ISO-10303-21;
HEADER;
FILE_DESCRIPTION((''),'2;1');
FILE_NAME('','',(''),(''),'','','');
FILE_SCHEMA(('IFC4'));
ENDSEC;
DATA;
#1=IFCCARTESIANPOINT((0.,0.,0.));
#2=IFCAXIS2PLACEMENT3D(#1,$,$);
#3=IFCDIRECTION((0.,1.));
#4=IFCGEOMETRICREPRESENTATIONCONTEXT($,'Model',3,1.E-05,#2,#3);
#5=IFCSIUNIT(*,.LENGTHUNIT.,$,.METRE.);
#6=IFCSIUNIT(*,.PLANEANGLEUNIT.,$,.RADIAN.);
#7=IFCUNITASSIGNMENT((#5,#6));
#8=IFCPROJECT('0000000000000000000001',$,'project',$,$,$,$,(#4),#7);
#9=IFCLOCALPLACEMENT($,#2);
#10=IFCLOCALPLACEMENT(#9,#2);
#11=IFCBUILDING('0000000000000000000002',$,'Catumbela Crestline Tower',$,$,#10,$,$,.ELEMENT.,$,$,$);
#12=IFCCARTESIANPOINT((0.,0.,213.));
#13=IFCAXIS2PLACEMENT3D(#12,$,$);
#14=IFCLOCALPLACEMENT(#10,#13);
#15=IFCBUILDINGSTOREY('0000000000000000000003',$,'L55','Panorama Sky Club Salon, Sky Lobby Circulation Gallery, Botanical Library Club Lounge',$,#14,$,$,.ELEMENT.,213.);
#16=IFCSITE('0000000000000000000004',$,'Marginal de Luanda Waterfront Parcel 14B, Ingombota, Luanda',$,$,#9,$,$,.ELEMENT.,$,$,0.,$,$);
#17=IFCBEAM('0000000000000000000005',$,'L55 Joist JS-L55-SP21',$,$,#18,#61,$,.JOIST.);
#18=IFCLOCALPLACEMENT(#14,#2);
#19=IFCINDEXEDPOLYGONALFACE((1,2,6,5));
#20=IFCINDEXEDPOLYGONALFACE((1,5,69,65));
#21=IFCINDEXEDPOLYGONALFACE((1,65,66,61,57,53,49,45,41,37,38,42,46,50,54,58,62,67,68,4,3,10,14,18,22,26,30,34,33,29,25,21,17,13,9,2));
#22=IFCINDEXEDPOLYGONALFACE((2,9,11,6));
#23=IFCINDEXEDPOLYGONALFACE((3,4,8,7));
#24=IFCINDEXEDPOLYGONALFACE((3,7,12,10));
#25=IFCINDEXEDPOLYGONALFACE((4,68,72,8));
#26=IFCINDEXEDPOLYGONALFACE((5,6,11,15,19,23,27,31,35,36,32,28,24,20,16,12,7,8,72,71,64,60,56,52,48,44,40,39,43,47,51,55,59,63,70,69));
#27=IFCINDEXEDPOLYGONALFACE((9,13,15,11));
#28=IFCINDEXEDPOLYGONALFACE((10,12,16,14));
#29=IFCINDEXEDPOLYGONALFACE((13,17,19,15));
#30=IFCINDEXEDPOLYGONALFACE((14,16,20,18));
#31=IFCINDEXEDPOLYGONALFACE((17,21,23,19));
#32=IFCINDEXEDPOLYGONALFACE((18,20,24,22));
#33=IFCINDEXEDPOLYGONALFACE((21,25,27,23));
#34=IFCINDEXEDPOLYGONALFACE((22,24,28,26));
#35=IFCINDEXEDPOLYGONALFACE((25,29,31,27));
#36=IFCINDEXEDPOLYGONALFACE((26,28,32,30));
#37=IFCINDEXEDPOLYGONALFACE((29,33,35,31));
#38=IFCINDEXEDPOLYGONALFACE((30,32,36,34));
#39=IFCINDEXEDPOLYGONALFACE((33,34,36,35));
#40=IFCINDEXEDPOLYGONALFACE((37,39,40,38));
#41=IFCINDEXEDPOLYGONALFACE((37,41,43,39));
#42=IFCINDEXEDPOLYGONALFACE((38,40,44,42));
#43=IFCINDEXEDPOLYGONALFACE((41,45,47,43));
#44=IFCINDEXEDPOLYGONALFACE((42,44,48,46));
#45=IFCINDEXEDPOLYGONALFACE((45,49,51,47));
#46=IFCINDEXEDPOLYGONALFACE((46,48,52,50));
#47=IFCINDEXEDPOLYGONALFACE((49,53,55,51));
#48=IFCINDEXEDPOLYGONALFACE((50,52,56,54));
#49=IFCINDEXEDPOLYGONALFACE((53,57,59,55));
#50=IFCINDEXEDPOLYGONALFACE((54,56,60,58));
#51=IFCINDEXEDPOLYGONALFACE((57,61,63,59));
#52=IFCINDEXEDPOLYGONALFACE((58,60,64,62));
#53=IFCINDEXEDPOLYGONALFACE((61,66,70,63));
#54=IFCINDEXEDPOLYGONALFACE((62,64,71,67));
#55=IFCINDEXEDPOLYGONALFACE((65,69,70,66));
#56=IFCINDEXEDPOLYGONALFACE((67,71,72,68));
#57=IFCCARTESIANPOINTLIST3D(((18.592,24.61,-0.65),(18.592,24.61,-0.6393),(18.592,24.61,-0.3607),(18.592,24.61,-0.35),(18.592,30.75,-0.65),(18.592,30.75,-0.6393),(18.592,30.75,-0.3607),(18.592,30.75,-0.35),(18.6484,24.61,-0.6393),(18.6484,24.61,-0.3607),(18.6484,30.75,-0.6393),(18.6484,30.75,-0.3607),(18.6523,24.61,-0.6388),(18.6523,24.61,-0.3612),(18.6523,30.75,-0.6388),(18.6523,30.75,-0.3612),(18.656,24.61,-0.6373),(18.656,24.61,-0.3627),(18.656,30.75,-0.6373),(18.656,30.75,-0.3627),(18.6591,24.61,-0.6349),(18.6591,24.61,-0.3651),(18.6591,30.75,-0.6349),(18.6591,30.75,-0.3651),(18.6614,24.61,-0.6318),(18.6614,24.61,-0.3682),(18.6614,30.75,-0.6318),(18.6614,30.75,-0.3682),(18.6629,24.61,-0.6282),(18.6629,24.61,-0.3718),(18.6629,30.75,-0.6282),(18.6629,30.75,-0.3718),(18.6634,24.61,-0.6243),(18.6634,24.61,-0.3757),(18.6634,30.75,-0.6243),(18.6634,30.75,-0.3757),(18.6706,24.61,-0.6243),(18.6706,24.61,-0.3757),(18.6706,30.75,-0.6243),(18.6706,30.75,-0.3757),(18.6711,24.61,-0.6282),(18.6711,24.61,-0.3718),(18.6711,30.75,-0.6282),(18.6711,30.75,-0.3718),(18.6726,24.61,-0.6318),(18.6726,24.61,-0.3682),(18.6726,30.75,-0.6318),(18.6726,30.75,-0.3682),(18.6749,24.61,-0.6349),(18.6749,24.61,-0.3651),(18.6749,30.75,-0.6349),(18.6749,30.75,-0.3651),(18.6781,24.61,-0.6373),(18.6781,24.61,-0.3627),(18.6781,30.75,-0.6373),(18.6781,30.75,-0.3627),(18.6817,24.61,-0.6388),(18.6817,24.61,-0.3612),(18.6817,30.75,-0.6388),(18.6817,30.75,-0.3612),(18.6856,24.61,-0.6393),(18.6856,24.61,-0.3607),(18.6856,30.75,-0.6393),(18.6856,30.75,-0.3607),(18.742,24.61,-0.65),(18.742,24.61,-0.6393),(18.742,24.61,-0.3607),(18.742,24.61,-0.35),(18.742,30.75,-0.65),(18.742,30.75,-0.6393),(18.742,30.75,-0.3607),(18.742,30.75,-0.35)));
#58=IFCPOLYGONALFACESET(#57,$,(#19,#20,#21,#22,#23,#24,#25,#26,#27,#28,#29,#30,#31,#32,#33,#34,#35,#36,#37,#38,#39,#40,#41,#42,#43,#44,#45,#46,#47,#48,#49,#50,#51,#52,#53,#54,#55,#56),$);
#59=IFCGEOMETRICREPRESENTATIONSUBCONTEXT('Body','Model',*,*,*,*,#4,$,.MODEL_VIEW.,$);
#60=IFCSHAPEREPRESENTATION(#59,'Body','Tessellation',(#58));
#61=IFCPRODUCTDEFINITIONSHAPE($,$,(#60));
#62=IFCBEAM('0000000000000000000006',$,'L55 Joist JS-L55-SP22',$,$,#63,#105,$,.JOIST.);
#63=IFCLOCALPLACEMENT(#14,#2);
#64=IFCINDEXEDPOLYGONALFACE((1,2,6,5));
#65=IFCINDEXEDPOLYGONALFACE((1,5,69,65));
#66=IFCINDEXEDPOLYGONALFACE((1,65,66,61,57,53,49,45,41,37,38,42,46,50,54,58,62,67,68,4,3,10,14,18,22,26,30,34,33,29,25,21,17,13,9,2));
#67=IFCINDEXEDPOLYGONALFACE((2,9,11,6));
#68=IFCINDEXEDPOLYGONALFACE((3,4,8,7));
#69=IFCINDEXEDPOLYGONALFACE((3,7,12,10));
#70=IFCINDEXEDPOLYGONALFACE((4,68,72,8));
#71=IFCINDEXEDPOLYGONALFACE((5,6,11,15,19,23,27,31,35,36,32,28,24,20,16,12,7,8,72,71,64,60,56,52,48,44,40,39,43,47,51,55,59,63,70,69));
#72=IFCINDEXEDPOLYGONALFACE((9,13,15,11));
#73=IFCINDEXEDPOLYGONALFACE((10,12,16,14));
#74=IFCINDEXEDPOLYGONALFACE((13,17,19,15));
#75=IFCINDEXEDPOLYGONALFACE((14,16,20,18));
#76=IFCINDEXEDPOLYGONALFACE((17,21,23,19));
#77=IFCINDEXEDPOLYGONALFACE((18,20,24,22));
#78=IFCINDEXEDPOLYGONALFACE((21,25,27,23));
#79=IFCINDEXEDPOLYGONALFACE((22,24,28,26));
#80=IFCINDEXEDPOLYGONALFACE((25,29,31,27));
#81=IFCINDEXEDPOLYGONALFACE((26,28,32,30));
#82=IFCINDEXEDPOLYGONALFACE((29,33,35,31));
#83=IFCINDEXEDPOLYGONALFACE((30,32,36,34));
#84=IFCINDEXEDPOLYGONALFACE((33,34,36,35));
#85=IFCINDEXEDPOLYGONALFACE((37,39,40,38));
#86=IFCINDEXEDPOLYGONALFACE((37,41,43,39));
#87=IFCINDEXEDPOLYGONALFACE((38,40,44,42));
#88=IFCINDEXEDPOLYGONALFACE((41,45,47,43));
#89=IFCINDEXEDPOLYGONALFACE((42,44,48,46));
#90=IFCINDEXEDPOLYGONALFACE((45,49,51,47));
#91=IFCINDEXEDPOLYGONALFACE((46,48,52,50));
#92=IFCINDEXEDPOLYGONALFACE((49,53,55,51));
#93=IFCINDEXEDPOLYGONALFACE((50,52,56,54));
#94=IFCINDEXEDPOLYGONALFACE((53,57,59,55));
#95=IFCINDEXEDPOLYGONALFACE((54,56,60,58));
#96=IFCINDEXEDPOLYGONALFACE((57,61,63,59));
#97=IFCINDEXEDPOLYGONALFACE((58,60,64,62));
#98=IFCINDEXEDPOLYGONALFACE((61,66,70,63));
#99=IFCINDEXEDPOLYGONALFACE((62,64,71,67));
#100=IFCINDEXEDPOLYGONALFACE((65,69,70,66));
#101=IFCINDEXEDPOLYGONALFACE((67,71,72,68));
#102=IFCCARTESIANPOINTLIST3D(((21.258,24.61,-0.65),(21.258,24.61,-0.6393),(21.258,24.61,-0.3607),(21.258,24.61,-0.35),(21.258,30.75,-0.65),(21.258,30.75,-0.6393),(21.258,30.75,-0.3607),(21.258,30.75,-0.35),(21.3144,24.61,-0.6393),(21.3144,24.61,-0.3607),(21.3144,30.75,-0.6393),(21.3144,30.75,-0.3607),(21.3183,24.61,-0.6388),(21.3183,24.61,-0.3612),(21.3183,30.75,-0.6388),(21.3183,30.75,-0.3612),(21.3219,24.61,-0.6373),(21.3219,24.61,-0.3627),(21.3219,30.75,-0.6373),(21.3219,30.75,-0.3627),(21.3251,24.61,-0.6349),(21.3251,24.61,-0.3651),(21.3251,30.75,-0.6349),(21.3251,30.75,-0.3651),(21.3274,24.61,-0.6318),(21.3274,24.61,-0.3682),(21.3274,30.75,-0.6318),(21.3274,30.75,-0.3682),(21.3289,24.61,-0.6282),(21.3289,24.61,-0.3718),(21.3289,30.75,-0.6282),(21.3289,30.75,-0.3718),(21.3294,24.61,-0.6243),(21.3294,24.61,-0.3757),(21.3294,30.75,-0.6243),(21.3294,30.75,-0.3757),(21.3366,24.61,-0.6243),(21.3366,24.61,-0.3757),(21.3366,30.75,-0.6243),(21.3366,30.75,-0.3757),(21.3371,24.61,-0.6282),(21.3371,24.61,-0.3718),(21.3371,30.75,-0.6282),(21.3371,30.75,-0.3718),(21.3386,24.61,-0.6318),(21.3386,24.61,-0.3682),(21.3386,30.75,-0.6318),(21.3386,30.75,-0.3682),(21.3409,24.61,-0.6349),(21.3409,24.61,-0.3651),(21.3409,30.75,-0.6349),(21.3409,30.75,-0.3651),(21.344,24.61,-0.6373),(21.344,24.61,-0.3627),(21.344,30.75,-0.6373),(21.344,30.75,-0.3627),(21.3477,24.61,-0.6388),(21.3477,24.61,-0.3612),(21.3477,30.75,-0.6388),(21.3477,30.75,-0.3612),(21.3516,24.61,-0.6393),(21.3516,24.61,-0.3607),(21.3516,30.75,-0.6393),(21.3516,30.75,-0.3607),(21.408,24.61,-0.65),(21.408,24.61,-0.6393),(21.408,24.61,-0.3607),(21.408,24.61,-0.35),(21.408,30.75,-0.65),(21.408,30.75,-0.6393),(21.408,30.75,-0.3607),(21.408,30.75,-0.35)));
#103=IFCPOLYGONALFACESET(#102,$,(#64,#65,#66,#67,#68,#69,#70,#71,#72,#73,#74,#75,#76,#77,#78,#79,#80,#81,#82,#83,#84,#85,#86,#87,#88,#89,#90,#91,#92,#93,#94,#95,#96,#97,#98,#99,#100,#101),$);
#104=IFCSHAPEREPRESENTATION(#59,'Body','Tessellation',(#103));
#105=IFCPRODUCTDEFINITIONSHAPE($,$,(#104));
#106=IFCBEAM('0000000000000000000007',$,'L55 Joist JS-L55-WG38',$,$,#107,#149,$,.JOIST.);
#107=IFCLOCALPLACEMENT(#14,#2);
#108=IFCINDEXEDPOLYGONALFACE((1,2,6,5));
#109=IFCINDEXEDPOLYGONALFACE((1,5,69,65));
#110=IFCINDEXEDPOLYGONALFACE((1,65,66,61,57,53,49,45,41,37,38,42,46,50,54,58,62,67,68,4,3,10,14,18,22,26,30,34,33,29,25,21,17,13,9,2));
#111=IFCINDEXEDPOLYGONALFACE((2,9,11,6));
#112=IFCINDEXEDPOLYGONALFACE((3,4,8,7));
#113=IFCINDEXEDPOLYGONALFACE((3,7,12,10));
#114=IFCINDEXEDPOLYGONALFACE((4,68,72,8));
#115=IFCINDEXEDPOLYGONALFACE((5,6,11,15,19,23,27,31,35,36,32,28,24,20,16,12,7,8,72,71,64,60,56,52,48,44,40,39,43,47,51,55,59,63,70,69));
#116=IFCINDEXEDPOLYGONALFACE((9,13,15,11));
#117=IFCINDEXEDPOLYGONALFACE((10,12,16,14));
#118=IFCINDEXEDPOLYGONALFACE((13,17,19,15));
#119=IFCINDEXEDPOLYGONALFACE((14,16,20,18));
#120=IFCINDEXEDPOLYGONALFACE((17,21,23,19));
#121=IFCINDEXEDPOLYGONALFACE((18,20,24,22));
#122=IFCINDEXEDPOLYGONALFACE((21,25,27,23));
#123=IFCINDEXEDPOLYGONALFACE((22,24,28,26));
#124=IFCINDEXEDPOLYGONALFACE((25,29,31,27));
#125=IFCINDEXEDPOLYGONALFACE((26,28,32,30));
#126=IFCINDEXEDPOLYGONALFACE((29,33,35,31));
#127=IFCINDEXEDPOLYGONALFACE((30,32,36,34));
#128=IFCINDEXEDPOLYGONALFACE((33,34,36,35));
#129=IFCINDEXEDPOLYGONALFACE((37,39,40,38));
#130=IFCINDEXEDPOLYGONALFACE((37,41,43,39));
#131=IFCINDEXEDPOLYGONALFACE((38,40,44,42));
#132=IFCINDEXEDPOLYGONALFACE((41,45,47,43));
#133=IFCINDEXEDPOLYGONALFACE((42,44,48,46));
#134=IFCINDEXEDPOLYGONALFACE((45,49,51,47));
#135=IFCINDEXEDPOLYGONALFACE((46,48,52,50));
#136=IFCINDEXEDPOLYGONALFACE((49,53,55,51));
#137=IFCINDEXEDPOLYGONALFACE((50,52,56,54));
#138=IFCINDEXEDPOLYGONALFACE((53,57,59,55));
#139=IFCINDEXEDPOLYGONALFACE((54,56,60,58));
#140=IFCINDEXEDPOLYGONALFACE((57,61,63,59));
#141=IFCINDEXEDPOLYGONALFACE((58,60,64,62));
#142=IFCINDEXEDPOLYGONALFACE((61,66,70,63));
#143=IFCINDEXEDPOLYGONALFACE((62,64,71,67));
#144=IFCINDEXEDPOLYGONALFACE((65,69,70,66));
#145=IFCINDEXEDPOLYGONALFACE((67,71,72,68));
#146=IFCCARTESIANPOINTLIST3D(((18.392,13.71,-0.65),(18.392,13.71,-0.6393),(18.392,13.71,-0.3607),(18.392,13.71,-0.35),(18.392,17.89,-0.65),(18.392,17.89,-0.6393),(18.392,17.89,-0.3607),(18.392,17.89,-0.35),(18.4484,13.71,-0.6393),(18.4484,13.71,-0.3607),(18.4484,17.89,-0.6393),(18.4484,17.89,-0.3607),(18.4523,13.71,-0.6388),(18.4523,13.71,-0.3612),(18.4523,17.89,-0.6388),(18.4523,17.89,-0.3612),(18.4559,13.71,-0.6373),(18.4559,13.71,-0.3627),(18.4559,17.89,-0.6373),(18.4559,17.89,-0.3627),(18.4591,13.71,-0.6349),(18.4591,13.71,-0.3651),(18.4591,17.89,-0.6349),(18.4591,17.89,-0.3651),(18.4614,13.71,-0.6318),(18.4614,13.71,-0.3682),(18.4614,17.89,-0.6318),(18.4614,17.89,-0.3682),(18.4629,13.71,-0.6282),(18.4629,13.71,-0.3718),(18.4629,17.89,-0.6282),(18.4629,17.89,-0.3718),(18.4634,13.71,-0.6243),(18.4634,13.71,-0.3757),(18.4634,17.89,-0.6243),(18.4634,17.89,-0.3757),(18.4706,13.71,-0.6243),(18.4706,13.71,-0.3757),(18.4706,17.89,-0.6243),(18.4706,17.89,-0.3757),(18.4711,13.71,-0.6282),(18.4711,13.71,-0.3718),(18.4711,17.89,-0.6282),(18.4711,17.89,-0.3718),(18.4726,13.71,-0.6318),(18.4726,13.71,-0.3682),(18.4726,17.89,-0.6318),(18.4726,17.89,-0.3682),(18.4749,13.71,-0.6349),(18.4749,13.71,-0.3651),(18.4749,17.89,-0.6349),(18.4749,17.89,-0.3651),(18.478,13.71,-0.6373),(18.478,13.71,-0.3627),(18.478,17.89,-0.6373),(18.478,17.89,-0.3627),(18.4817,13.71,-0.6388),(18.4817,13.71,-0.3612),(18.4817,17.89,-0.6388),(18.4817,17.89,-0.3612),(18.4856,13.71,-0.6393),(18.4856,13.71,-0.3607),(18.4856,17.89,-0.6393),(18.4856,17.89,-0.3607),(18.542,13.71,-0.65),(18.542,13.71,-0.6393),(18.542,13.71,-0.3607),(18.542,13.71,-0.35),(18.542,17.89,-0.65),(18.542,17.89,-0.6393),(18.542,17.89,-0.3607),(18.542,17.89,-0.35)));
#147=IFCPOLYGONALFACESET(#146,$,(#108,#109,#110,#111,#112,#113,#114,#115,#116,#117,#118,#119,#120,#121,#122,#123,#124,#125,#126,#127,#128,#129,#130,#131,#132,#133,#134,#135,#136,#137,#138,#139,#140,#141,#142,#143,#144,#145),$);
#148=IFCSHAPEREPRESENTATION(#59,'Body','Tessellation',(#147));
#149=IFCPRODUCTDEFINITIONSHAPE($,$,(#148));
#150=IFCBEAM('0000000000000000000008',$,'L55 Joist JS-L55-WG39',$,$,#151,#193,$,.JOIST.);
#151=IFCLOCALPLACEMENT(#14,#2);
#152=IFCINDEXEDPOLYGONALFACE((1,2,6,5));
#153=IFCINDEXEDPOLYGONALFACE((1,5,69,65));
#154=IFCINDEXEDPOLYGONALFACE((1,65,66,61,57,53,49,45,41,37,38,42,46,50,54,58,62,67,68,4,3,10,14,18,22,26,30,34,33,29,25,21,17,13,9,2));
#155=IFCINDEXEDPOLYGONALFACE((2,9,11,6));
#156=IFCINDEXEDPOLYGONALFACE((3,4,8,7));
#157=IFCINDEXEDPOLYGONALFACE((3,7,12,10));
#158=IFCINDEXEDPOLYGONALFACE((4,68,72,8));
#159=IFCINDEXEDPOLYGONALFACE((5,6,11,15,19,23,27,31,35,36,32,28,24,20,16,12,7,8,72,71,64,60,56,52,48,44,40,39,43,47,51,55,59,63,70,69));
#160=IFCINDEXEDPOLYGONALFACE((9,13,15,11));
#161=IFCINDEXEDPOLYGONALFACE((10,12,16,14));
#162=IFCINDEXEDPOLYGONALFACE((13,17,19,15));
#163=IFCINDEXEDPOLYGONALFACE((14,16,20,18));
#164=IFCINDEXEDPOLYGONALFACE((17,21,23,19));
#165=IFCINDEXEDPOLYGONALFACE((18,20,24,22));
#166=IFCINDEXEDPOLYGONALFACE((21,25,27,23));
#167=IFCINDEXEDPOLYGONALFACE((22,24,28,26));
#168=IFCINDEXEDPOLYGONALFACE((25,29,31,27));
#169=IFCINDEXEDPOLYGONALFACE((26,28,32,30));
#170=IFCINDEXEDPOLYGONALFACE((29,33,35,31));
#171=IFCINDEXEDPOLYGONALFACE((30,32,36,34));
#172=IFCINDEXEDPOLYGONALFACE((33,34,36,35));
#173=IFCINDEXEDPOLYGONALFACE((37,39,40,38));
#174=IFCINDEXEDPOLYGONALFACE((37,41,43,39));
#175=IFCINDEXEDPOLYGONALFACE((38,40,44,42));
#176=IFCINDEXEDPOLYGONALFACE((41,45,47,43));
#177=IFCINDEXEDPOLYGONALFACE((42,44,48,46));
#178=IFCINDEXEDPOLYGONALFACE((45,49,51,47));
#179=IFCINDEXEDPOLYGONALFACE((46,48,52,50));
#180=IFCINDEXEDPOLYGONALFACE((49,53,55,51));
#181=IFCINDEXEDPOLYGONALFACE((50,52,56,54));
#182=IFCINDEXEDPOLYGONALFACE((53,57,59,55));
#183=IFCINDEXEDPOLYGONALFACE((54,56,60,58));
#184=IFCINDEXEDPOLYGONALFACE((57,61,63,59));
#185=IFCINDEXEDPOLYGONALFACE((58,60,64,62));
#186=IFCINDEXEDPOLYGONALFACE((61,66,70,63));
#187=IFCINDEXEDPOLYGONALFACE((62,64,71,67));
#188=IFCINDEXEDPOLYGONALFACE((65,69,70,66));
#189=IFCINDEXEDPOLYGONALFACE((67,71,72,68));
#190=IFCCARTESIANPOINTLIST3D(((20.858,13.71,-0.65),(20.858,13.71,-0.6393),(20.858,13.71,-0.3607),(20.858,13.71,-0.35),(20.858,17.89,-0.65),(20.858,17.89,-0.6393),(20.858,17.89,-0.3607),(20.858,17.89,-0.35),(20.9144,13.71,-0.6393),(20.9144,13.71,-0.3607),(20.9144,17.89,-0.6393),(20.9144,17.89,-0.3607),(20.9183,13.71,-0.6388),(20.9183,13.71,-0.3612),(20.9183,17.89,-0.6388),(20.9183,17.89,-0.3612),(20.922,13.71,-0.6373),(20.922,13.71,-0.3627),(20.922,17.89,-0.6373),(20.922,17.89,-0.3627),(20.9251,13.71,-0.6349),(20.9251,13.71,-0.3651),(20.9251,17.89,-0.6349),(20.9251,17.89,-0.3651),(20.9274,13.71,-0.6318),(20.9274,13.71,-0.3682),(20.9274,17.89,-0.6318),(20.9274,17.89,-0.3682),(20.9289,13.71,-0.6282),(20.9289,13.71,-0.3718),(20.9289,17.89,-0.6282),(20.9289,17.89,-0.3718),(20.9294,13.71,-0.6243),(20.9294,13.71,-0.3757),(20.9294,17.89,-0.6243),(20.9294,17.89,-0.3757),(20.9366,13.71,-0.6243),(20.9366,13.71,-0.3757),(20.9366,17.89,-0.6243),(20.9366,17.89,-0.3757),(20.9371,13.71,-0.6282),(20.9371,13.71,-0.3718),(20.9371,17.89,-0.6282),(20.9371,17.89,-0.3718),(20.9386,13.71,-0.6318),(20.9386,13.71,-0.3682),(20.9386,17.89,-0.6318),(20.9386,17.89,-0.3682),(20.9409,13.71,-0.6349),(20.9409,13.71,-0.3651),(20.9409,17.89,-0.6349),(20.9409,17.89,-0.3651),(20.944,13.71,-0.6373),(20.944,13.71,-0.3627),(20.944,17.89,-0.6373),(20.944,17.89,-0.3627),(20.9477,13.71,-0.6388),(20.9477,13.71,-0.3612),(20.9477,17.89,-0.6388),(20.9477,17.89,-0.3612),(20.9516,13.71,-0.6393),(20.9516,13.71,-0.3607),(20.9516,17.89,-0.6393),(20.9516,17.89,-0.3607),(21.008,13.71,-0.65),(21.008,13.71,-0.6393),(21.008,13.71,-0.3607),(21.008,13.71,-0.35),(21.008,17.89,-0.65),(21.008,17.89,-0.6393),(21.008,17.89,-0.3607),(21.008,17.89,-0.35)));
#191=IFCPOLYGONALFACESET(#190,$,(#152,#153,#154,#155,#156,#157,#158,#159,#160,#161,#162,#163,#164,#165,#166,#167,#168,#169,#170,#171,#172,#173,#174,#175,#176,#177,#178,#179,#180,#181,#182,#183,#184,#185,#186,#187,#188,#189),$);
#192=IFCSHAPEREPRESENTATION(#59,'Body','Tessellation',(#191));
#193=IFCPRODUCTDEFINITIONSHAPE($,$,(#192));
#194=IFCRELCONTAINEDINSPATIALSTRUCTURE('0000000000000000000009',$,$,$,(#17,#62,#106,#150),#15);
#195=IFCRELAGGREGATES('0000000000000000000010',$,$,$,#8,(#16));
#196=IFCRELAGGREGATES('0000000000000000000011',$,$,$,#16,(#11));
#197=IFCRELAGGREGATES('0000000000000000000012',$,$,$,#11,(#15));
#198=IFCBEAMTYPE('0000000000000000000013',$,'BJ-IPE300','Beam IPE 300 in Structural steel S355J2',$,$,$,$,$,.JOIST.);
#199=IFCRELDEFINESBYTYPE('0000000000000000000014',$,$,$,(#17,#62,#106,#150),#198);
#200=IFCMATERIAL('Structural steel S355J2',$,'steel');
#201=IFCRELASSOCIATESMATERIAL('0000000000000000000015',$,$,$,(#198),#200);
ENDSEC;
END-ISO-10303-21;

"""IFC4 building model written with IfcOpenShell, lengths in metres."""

from ifc_helpers import new_model, si_unit, direction, frame, origin, origin_2d, place, context, subcontext, project, spatial, i_section, extrude, material, material_profile, profile_set, type_object, element, save


model = new_model("IFC4")

# Units and contexts
model_context = context("Model", 3, precision=1e-05, world=origin(), true_north=direction((0.0, 1.0)))
body_context = subcontext(model_context, "Body", "Model", "MODEL_VIEW")
ifc_project = project(units=[si_unit("LENGTHUNIT", "METRE"), si_unit("PLANEANGLEUNIT", "RADIAN")], contexts=[model_context])

# Site, building, storey
site_placement = place(None, origin())
site = spatial("IfcSite", under=ifc_project, at=site_placement, Name="Marginal de Luanda Waterfront Parcel 14B, Ingombota, Luanda", CompositionType="ELEMENT", RefElevation=0.0)
building_placement = place(site_placement, origin())
building = spatial("IfcBuilding", under=site, at=building_placement, Name="Catumbela Crestline Tower", CompositionType="ELEMENT")
storey_placement = place(building_placement, frame((0.0, 0.0, 213.0)))
storey = spatial("IfcBuildingStorey", under=building, at=storey_placement, Name="L55", Description="Panorama Sky Club Salon, Sky Lobby Circulation Gallery, Botanical Library Club Lounge", CompositionType="ELEMENT", Elevation=213.0)

# Shared definitions
ifc_material_1 = material(Name="Structural steel S355J2", Category="steel")

# Beams
ifc_material_profile_1 = material_profile(ifc_material_1, i_section(OverallWidth=0.15, OverallDepth=0.3, WebThickness=0.0071, FlangeThickness=0.0107, FilletRadius=0.015, at=origin_2d()), Name="IPE 300")
ifc_profile_set_1 = profile_set([ifc_material_profile_1], Name="Structural steel S355J2")
beam_type_1 = type_object("IfcBeamType", Name="BJ-IPE300", Description="Beam IPE 300 in Structural steel S355J2", PredefinedType="JOIST", material=ifc_profile_set_1)
for number, where, z_axis, x_axis, name in (
    (1, (18.667, 24.61, -0.5), (0.0, 1.0, 0.0), (-1.0, 0.0, 0.0), "L55 Joist JS-L55-SP21"),
    (2, (21.333, 24.61, -0.5), (0.0, 1.0, 0.0), (-1.0, 0.0, 0.0), "L55 Joist JS-L55-SP22"),
):
    element("IfcBeam", number, at=place(storey_placement, frame(where, z_axis=z_axis, x_axis=x_axis)), inside=storey, type_object=beam_type_1, Name=name, PredefinedType="JOIST", context=body_context, shape_type="SweptSolid", body=[
        extrude(i_section(OverallWidth=0.15, OverallDepth=0.3, WebThickness=0.0071, FlangeThickness=0.0107, FilletRadius=0.015, at=origin_2d()), origin(), (0.0, 0.0, 1.0), 6.14),
    ])
for number, where, z_axis, x_axis, name in (
    (3, (18.467, 13.71, -0.5), (0.0, 1.0, 0.0), (-1.0, 0.0, 0.0), "L55 Joist JS-L55-WG38"),
    (4, (20.933, 13.71, -0.5), (0.0, 1.0, 0.0), (-1.0, 0.0, 0.0), "L55 Joist JS-L55-WG39"),
):
    element("IfcBeam", number, at=place(storey_placement, frame(where, z_axis=z_axis, x_axis=x_axis)), inside=storey, type_object=beam_type_1, Name=name, PredefinedType="JOIST", context=body_context, shape_type="SweptSolid", body=[
        extrude(i_section(OverallWidth=0.15, OverallDepth=0.3, WebThickness=0.0071, FlangeThickness=0.0107, FilletRadius=0.015, at=origin_2d()), origin(), (0.0, 0.0, 1.0), 4.18),
    ])

save(model, "model.ifc")
